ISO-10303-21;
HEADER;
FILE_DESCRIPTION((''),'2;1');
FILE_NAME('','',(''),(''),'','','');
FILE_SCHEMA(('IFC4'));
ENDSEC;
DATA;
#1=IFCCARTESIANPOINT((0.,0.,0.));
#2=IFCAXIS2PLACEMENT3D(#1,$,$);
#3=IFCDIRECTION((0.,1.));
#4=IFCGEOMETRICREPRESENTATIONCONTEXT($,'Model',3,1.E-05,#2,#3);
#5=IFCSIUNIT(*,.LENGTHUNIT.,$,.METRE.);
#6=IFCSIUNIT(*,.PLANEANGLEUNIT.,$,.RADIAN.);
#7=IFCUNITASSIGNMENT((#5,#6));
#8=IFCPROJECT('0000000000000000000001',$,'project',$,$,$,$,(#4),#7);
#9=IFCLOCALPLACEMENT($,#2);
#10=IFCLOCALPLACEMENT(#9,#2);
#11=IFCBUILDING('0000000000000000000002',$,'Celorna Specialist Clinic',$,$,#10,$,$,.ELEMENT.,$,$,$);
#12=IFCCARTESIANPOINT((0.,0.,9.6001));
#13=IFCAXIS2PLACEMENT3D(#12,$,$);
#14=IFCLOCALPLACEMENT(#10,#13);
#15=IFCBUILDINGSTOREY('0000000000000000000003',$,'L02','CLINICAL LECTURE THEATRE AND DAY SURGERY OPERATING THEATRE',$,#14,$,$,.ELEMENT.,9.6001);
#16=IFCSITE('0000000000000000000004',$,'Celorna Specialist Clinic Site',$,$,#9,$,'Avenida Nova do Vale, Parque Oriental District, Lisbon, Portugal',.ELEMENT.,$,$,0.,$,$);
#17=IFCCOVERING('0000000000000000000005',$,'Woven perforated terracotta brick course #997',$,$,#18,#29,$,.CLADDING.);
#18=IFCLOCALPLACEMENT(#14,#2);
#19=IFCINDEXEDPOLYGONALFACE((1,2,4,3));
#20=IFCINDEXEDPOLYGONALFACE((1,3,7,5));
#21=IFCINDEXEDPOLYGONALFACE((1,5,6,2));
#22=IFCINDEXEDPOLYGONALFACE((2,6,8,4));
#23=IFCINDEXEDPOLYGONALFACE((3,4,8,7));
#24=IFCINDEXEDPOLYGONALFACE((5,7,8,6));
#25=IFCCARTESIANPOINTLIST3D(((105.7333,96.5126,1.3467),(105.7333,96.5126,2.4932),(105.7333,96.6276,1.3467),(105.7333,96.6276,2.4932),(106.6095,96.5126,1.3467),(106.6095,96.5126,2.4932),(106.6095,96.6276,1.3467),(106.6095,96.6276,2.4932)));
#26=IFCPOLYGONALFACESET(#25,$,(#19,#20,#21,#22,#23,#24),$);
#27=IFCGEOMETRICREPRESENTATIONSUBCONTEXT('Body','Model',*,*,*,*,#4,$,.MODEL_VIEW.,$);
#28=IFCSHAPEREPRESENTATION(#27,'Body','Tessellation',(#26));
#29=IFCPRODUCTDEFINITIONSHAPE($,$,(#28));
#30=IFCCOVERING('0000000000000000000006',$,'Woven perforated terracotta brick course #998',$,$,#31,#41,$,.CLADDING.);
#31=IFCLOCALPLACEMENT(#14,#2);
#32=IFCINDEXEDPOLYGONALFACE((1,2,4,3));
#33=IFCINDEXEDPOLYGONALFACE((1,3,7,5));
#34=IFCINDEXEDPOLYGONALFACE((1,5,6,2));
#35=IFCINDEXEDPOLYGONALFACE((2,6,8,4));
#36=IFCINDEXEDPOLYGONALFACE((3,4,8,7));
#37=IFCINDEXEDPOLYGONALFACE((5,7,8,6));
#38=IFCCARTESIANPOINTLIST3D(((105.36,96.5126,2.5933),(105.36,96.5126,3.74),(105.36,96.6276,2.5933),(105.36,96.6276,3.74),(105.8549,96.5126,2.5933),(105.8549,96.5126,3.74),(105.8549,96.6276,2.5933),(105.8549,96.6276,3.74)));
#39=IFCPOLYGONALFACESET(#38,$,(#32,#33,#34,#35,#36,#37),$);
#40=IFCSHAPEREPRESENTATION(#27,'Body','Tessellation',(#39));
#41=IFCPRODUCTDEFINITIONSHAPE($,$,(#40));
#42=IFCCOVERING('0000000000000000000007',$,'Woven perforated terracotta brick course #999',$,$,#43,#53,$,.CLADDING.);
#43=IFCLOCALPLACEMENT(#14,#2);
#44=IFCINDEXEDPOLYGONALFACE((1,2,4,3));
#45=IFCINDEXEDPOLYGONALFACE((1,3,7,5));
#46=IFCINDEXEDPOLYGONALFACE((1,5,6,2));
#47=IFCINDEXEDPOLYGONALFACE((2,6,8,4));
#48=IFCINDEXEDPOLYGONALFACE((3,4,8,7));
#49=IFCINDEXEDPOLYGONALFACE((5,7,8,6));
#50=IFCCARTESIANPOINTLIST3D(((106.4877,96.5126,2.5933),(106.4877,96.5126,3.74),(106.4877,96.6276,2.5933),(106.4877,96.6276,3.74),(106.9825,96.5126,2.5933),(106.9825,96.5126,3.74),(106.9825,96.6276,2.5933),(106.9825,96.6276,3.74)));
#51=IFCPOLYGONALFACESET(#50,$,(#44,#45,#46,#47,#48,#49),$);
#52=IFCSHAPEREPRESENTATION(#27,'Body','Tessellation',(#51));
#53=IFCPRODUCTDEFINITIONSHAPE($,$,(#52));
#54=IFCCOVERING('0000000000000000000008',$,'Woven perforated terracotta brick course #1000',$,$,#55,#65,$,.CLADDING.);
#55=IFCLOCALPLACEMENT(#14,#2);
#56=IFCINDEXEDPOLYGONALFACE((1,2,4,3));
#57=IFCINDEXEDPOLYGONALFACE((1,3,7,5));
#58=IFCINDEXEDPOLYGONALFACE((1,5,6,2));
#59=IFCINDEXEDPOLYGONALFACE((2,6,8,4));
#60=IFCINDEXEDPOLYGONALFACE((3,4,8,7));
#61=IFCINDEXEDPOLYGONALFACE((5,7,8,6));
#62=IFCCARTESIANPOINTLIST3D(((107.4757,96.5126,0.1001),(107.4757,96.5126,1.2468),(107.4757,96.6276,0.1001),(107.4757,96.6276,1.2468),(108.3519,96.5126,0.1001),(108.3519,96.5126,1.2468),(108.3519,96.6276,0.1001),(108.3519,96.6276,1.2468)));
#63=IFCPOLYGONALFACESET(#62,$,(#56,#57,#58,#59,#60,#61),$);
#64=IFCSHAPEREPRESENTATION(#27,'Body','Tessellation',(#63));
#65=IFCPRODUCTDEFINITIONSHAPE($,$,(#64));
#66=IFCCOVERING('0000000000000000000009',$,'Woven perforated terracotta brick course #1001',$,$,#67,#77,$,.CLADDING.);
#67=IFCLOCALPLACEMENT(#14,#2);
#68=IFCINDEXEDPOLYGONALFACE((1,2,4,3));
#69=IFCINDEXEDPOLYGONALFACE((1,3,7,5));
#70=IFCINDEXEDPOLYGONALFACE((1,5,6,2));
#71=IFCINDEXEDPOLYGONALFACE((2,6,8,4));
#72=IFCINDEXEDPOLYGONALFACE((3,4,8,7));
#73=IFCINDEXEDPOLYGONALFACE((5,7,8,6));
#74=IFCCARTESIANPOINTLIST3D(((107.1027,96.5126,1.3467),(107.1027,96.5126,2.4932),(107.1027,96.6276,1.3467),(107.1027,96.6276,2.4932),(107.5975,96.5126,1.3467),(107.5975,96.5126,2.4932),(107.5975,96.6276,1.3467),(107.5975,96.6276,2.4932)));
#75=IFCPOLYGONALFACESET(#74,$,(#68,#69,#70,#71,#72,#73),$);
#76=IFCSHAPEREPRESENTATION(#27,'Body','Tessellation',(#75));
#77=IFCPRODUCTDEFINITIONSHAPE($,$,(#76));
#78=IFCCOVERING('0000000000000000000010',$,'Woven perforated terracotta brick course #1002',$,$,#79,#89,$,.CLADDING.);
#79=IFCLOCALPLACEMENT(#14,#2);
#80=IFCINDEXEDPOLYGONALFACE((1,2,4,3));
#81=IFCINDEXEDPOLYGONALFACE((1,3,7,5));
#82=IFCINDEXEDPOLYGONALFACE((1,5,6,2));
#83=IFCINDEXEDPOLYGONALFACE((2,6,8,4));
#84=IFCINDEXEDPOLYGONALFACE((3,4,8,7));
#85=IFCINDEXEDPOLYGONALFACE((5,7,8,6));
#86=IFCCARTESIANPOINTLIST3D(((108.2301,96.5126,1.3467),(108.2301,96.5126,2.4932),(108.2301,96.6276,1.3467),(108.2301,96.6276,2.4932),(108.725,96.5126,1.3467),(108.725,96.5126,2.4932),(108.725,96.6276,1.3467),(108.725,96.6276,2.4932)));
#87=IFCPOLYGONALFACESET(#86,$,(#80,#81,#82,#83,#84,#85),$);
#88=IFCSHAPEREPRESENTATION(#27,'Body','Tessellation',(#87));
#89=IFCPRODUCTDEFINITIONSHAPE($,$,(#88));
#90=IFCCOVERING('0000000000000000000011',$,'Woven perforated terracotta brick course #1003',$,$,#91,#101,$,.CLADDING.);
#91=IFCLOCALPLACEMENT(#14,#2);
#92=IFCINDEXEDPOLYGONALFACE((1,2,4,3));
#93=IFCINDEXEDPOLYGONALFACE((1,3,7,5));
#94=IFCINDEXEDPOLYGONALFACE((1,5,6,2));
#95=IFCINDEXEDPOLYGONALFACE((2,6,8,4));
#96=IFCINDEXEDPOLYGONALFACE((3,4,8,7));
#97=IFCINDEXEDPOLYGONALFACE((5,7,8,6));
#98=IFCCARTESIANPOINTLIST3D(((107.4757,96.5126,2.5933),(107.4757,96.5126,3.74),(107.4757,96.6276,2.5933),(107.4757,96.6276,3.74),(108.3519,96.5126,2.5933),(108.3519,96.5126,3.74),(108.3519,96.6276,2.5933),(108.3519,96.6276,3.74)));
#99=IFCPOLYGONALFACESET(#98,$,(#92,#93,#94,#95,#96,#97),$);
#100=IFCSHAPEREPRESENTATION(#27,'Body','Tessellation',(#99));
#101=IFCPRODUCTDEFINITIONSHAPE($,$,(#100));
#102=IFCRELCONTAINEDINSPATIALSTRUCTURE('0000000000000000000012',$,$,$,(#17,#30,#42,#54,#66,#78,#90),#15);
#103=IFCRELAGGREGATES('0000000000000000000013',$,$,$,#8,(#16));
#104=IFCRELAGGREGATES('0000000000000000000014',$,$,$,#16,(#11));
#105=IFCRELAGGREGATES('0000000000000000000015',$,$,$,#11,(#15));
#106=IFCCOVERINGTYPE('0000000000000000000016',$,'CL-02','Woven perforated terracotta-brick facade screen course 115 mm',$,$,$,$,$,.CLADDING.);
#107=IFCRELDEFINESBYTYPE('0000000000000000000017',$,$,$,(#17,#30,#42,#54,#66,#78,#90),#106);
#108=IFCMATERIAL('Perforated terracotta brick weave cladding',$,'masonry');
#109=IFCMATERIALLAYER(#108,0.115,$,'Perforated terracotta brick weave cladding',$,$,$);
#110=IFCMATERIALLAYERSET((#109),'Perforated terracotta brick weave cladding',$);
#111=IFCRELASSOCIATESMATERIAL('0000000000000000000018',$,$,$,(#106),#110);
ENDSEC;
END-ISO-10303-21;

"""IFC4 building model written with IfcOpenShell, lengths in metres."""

from ifc_helpers import new_model, si_unit, direction, frame, origin, origin_2d, place, context, subcontext, project, spatial, rectangle, extrude, material, layer, layer_set, type_object, element, save


model = new_model("IFC4")

# Units and contexts
model_context = context("Model", 3, precision=1e-05, world=origin(), true_north=direction((0.0, 1.0)))
body_context = subcontext(model_context, "Body", "Model", "MODEL_VIEW")
ifc_project = project(units=[si_unit("LENGTHUNIT", "METRE"), si_unit("PLANEANGLEUNIT", "RADIAN")], contexts=[model_context])

# Site, building, storey
site_placement = place(None, origin())
site = spatial("IfcSite", under=ifc_project, at=site_placement, Name="Celorna Specialist Clinic Site", LongName="Avenida Nova do Vale, Parque Oriental District, Lisbon, Portugal", CompositionType="ELEMENT", RefElevation=0.0)
building_placement = place(site_placement, origin())
building = spatial("IfcBuilding", under=site, at=building_placement, Name="Celorna Specialist Clinic", CompositionType="ELEMENT")
storey_placement = place(building_placement, frame((0.0, 0.0, 9.6001)))
storey = spatial("IfcBuildingStorey", under=building, at=storey_placement, Name="L02", Description="CLINICAL LECTURE THEATRE AND DAY SURGERY OPERATING THEATRE", CompositionType="ELEMENT", Elevation=9.6001)

# Coverings
ifc_material_1 = material(Name="Perforated terracotta brick weave cladding", Category="masonry")
ifc_layer_1 = layer(ifc_material_1, 0.115, Name="Perforated terracotta brick weave cladding")
ifc_layer_set_1 = layer_set([ifc_layer_1], Name="Perforated terracotta brick weave cladding")
covering_type = type_object("IfcCoveringType", Name="CL-02", Description="Woven perforated terracotta-brick facade screen course 115 mm", PredefinedType="CLADDING", material=ifc_layer_set_1)
covering_1_placement = place(storey_placement, frame((106.1714, 96.5701, 1.3467), z_axis=(0.0, 0.0, 1.0), x_axis=(1.0, 0.0, 0.0)))
element("IfcCovering", 1, at=covering_1_placement, inside=storey, type_object=covering_type, Name="Woven perforated terracotta brick course #997", PredefinedType="CLADDING", context=body_context, shape_type="SweptSolid", body=[
    extrude(rectangle(XDim=0.8762, YDim=0.115, at=origin_2d()), origin(), (0.0, 0.0, 1.0), 1.1465),
])
for number, where, z_axis, x_axis, name in (
    (2, (105.6074, 96.5701, 2.5933), (0.0, 0.0, 1.0), (1.0, 0.0, 0.0), "Woven perforated terracotta brick course #998"),
    (3, (106.7351, 96.5701, 2.5933), (0.0, 0.0, 1.0), (1.0, 0.0, 0.0), "Woven perforated terracotta brick course #999"),
):
    element("IfcCovering", number, at=place(storey_placement, frame(where, z_axis=z_axis, x_axis=x_axis)), inside=storey, type_object=covering_type, Name=name, PredefinedType="CLADDING", context=body_context, shape_type="SweptSolid", body=[
        extrude(rectangle(XDim=0.4949, YDim=0.115, at=origin_2d()), origin(), (0.0, 0.0, 1.0), 1.1467),
    ])
covering_2_placement = place(storey_placement, frame((107.9138, 96.5701, 0.1001), z_axis=(0.0, 0.0, 1.0), x_axis=(1.0, 0.0, 0.0)))
element("IfcCovering", 4, at=covering_2_placement, inside=storey, type_object=covering_type, Name="Woven perforated terracotta brick course #1000", PredefinedType="CLADDING", context=body_context, shape_type="SweptSolid", body=[
    extrude(rectangle(XDim=0.8762, YDim=0.115, at=origin_2d()), origin(), (0.0, 0.0, 1.0), 1.1467),
])
for number, where, z_axis, x_axis, name in (
    (5, (107.3501, 96.5701, 1.3467), (0.0, 0.0, 1.0), (1.0, 0.0, 0.0), "Woven perforated terracotta brick course #1001"),
    (6, (108.4775, 96.5701, 1.3467), (0.0, 0.0, 1.0), (1.0, 0.0, 0.0), "Woven perforated terracotta brick course #1002"),
):
    element("IfcCovering", number, at=place(storey_placement, frame(where, z_axis=z_axis, x_axis=x_axis)), inside=storey, type_object=covering_type, Name=name, PredefinedType="CLADDING", context=body_context, shape_type="SweptSolid", body=[
        extrude(rectangle(XDim=0.4949, YDim=0.115, at=origin_2d()), origin(), (0.0, 0.0, 1.0), 1.1465),
    ])
covering_3_placement = place(storey_placement, frame((107.9138, 96.5701, 2.5933), z_axis=(0.0, 0.0, 1.0), x_axis=(1.0, 0.0, 0.0)))
element("IfcCovering", 7, at=covering_3_placement, inside=storey, type_object=covering_type, Name="Woven perforated terracotta brick course #1003", PredefinedType="CLADDING", context=body_context, shape_type="SweptSolid", body=[
    extrude(rectangle(XDim=0.8762, YDim=0.115, at=origin_2d()), origin(), (0.0, 0.0, 1.0), 1.1467),
])

save(model, "model.ifc")
